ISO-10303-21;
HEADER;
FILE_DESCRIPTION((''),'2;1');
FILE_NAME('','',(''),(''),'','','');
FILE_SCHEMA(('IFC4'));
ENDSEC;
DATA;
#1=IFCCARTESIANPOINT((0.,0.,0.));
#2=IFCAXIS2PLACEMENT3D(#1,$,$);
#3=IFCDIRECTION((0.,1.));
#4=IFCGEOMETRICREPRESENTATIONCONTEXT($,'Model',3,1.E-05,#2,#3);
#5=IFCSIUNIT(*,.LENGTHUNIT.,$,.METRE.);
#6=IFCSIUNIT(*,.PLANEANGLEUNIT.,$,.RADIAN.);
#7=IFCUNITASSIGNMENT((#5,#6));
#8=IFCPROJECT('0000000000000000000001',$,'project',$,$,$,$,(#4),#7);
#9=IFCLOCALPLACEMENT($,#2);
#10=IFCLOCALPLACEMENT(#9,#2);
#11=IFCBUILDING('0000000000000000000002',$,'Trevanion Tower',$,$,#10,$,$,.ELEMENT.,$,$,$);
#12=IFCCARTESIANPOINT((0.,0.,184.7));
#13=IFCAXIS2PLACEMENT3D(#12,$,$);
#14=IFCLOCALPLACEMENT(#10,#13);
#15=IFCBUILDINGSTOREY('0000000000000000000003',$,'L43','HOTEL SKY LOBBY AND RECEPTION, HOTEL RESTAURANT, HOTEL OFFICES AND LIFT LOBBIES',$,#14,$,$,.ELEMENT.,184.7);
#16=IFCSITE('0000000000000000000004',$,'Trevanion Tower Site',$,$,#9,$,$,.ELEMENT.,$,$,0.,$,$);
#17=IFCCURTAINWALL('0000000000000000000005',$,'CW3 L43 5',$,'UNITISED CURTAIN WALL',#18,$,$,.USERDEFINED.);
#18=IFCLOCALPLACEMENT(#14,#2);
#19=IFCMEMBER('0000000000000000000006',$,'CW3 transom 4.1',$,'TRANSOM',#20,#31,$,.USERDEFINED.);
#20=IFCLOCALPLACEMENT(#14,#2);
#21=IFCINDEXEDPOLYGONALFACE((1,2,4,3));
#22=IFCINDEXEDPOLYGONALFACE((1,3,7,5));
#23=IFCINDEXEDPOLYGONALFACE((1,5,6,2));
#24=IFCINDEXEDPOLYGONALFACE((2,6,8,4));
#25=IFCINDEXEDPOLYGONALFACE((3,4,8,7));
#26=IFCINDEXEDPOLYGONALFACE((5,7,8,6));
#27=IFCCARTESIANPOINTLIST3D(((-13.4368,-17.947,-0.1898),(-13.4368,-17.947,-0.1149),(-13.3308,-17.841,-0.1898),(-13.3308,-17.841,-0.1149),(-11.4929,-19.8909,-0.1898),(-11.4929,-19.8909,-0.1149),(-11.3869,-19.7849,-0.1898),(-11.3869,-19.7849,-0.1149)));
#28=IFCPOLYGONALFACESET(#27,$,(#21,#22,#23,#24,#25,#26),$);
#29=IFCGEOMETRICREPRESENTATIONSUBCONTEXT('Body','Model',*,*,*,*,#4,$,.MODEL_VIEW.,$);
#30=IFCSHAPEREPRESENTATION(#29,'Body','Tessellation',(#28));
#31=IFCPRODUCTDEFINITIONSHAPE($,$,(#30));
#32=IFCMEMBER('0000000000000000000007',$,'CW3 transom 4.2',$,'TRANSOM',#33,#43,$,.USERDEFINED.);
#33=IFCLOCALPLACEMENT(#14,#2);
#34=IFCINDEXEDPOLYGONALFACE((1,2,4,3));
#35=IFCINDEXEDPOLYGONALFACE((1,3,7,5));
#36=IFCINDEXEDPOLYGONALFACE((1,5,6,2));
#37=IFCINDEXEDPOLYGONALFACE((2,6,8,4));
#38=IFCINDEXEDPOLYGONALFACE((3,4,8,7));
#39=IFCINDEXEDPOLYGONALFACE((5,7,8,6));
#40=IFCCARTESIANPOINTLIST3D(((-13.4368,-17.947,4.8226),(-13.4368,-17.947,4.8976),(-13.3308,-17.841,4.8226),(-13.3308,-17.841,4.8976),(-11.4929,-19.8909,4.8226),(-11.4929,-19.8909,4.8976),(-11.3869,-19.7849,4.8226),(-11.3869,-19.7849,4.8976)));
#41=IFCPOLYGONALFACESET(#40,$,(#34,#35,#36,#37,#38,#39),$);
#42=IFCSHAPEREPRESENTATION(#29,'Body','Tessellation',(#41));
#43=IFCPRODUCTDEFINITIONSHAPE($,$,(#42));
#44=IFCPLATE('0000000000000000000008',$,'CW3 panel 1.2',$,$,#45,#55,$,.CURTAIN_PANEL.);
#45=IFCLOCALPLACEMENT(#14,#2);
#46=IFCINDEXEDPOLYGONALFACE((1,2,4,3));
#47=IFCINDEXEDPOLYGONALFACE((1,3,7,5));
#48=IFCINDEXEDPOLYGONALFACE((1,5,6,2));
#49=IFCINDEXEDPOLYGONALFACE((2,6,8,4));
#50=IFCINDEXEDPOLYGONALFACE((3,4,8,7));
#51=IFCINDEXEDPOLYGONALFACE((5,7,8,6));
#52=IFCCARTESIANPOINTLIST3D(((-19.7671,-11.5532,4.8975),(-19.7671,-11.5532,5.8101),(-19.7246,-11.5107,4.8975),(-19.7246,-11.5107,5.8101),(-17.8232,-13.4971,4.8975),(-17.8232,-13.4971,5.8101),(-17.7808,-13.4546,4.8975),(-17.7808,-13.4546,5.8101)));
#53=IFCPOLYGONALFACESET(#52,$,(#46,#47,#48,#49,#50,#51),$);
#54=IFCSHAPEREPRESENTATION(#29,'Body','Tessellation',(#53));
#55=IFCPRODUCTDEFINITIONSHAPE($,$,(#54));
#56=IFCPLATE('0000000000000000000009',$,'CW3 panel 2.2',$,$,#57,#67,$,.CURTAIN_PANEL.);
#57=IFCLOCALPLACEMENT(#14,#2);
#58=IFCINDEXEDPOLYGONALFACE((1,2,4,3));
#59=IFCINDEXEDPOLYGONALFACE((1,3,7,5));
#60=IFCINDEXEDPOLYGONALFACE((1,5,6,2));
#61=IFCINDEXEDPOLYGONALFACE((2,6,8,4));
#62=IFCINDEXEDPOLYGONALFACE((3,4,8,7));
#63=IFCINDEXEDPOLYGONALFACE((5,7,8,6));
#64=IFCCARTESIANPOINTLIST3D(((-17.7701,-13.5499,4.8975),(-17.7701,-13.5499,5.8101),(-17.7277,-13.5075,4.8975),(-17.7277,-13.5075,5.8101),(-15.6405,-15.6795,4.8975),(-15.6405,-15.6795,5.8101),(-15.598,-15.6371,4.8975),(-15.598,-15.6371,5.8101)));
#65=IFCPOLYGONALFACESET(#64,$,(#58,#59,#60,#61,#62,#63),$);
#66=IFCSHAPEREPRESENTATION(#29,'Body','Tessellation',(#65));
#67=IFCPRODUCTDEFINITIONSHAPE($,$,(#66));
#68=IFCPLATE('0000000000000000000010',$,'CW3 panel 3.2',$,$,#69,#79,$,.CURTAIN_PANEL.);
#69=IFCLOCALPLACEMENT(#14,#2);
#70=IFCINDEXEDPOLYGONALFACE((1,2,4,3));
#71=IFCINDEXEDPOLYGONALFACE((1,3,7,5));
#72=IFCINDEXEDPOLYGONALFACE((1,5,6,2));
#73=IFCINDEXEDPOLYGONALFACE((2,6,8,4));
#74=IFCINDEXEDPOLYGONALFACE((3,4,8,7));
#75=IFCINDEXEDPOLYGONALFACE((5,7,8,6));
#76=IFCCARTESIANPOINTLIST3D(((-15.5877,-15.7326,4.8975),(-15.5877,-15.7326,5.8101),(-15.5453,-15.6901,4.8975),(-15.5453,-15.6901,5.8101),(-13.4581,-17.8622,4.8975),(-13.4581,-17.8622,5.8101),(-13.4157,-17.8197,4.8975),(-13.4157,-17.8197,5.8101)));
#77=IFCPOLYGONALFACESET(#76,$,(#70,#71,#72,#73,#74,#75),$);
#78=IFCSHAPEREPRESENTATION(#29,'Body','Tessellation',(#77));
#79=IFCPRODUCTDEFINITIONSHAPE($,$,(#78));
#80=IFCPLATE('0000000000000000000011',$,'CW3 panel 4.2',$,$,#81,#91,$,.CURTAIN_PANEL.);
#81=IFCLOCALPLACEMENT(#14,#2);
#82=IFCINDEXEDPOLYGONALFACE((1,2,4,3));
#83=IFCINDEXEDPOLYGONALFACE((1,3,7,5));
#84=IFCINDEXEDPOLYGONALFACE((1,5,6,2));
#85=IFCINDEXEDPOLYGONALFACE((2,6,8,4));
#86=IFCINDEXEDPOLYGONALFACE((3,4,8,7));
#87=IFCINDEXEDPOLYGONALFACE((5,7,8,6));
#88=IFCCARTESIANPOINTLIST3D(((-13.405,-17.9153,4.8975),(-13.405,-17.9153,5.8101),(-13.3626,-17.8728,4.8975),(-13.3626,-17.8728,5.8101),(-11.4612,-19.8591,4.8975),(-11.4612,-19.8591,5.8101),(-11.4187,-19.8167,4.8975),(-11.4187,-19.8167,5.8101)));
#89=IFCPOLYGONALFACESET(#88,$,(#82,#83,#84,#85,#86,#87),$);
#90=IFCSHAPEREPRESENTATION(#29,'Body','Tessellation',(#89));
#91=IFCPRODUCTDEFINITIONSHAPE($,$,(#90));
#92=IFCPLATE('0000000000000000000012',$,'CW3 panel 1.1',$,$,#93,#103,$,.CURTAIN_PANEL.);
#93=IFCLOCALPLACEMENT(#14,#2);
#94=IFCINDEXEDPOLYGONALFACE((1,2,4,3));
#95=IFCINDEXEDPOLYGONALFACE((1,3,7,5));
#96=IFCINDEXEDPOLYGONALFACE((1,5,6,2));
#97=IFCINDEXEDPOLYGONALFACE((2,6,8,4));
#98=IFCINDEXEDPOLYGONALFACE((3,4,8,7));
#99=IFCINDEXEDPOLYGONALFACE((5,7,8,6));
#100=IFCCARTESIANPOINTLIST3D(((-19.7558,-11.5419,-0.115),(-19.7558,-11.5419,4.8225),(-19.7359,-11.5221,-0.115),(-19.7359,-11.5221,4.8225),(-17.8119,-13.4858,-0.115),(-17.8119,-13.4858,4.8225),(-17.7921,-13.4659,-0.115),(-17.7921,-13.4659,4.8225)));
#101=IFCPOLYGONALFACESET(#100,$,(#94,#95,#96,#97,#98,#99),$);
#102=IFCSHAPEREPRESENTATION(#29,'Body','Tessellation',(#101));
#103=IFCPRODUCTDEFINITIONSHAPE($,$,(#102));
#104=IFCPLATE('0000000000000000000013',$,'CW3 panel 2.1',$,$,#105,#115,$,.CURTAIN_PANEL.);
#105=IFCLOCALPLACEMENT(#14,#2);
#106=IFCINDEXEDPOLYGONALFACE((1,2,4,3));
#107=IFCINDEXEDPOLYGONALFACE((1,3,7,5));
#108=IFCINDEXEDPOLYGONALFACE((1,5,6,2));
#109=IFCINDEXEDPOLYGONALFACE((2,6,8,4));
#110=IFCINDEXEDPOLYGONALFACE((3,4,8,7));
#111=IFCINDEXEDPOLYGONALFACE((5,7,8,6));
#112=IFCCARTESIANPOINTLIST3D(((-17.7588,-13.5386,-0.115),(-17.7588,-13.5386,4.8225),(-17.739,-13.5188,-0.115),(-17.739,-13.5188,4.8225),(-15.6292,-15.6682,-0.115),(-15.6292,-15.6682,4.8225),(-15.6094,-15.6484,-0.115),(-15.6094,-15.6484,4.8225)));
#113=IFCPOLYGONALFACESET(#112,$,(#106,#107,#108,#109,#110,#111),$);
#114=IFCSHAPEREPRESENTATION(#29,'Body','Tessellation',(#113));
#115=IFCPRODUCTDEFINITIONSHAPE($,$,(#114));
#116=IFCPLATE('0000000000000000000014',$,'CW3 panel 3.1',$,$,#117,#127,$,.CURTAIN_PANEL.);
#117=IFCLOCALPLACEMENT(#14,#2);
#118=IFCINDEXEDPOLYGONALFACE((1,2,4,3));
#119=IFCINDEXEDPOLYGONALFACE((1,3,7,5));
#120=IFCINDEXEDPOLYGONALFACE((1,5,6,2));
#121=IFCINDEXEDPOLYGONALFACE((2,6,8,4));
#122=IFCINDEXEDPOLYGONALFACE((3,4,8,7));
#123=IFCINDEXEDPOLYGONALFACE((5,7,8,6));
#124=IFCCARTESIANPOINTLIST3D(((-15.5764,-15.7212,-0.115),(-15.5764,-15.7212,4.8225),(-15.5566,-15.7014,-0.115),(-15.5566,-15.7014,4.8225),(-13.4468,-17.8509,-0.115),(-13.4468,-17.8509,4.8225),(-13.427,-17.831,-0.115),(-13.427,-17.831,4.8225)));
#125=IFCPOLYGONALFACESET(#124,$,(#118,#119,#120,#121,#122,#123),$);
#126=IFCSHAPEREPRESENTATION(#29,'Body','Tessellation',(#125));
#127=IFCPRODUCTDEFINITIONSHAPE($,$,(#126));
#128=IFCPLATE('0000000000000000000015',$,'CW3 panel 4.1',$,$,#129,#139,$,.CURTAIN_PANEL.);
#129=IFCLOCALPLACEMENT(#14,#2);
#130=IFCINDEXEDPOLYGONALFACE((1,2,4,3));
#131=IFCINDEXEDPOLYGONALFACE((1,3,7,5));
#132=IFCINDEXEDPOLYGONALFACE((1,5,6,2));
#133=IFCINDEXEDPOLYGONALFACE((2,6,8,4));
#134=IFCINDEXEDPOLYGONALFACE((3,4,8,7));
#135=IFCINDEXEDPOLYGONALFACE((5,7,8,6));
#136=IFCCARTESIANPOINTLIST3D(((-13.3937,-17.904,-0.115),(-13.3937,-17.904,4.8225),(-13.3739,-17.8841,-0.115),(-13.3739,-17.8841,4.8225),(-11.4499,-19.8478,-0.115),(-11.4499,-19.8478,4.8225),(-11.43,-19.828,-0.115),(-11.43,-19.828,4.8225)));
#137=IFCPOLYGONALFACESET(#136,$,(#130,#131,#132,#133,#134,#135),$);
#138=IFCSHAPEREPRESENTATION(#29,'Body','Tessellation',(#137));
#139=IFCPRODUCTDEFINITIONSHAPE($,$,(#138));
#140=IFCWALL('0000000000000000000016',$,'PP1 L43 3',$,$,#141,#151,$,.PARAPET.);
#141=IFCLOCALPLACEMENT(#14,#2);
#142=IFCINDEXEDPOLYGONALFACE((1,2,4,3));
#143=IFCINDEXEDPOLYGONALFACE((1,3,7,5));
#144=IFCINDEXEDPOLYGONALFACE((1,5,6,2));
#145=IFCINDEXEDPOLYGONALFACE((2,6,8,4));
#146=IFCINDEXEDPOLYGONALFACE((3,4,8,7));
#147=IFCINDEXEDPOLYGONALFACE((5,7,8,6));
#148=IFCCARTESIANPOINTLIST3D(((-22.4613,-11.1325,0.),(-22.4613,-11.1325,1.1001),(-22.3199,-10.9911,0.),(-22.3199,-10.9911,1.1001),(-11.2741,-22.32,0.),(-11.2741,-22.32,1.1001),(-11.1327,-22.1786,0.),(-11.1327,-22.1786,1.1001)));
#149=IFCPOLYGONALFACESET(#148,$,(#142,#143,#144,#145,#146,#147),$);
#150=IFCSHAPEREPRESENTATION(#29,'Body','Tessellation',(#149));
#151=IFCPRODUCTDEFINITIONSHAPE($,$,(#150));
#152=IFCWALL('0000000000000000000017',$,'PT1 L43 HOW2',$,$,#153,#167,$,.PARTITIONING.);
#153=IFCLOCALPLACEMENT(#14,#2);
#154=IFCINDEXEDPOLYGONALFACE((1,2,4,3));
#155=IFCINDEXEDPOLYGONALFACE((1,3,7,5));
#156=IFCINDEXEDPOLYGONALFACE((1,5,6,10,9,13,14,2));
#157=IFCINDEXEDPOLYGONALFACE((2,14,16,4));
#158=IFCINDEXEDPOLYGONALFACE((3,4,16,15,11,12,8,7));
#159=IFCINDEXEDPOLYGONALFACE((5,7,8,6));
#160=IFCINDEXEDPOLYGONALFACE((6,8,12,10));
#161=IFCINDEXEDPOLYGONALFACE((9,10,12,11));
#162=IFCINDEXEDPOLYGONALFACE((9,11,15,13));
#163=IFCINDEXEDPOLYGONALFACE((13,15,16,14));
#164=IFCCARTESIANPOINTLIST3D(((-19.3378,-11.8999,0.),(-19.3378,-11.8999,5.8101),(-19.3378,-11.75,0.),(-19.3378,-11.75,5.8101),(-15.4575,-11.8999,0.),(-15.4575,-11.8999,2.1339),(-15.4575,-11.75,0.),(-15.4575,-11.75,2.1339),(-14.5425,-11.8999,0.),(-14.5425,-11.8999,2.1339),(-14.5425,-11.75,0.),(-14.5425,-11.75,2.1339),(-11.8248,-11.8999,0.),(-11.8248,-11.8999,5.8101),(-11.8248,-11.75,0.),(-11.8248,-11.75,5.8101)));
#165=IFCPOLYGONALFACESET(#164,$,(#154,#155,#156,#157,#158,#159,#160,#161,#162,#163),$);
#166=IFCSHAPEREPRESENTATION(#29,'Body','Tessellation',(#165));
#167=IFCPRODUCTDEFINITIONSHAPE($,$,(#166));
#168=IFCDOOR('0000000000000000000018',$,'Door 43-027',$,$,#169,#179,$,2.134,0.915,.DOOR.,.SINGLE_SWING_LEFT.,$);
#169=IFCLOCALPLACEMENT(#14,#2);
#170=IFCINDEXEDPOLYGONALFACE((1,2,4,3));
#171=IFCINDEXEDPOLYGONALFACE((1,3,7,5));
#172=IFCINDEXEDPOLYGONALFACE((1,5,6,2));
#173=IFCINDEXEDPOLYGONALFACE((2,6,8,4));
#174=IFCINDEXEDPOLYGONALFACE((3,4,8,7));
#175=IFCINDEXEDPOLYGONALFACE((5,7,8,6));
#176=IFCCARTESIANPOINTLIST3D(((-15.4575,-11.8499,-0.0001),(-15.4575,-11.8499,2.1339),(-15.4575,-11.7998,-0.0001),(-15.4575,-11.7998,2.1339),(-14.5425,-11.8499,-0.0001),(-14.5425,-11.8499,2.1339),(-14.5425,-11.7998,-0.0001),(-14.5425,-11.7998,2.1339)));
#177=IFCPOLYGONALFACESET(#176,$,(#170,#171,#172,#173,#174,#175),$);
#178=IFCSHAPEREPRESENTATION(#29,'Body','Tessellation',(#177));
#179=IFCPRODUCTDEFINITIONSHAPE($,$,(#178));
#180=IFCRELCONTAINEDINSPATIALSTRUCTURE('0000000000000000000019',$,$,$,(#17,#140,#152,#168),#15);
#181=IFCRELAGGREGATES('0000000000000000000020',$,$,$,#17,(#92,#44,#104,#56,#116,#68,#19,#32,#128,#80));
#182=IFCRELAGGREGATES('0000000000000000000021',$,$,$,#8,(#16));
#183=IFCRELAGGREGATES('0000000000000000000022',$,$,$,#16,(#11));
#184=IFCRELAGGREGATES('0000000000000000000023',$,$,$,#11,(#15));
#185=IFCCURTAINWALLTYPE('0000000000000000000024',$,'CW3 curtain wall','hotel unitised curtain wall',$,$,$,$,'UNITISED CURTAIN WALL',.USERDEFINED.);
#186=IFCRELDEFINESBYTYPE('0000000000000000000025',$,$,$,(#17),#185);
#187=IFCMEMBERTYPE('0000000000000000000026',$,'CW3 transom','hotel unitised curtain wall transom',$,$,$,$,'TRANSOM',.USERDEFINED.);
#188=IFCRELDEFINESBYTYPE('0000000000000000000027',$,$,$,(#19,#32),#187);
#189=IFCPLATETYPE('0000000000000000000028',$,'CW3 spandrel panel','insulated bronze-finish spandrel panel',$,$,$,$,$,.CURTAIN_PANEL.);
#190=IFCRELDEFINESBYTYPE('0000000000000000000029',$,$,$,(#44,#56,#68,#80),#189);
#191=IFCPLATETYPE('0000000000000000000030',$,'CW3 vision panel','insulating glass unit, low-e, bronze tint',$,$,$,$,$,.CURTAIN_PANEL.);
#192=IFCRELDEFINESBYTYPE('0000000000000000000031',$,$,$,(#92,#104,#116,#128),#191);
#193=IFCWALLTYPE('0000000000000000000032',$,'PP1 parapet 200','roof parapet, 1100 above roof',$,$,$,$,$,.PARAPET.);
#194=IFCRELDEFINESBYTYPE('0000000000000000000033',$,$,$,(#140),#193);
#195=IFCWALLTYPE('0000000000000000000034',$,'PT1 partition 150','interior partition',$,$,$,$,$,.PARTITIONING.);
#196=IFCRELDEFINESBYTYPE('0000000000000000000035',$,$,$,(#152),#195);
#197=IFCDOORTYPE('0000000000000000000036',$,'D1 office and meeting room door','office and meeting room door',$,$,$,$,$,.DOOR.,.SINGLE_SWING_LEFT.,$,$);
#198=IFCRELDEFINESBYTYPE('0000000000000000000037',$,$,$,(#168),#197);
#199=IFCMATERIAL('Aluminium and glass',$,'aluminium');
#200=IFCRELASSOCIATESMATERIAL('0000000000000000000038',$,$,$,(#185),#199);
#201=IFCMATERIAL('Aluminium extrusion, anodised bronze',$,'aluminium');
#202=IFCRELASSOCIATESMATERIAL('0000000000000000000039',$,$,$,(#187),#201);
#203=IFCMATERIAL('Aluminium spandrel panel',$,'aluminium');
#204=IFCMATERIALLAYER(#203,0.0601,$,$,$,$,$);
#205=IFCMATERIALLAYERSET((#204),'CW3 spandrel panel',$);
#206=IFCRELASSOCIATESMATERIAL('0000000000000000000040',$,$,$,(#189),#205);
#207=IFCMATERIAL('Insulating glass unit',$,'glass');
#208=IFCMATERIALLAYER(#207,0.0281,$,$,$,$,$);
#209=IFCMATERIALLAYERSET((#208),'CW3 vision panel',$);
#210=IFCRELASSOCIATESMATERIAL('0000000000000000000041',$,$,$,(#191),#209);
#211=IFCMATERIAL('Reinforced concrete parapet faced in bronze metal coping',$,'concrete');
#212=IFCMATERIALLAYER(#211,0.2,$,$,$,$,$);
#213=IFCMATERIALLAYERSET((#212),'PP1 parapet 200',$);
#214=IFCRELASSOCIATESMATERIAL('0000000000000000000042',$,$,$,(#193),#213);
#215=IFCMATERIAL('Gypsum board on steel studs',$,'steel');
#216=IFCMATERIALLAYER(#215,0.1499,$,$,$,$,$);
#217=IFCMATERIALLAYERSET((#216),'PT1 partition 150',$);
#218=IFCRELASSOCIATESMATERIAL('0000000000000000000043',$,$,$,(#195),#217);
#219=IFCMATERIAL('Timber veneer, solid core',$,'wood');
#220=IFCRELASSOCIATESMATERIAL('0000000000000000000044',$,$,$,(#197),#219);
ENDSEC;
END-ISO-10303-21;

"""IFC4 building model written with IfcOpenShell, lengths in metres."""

from ifc_helpers import new_model, si_unit, direction, frame, frame_2d, origin, origin_2d, place, context, subcontext, project, spatial, rectangle, extrude, material, layer, layer_set, material_profile, profile_set, type_object, element, fill, aggregate, save


model = new_model("IFC4")

# Units and contexts
model_context = context("Model", 3, precision=1e-05, world=origin(), true_north=direction((0.0, 1.0)))
body_context = subcontext(model_context, "Body", "Model", "MODEL_VIEW")
ifc_project = project(units=[si_unit("LENGTHUNIT", "METRE"), si_unit("PLANEANGLEUNIT", "RADIAN")], contexts=[model_context])

# Site, building, storey
site_placement = place(None, origin())
site = spatial("IfcSite", under=ifc_project, at=site_placement, Name="Trevanion Tower Site", CompositionType="ELEMENT", RefElevation=0.0)
building_placement = place(site_placement, origin())
building = spatial("IfcBuilding", under=site, at=building_placement, Name="Trevanion Tower", CompositionType="ELEMENT")
storey_placement = place(building_placement, frame((0.0, 0.0, 184.7)))
storey = spatial("IfcBuildingStorey", under=building, at=storey_placement, Name="L43", Description="HOTEL SKY LOBBY AND RECEPTION, HOTEL RESTAURANT, HOTEL OFFICES AND LIFT LOBBIES", CompositionType="ELEMENT", Elevation=184.7)

# Curtain wall
ifc_material_1 = material(Name="Aluminium and glass", Category="aluminium")
curtain_wall_type = type_object("IfcCurtainWallType", Name="CW3 curtain wall", Description="hotel unitised curtain wall", ElementType="UNITISED CURTAIN WALL", PredefinedType="USERDEFINED", material=ifc_material_1)
curtain_wall_1_placement = place(storey_placement, origin())
curtain_wall_1 = element("IfcCurtainWall", 1, at=curtain_wall_1_placement, inside=storey, type_object=curtain_wall_type, Name="CW3 L43 5", ObjectType="UNITISED CURTAIN WALL", PredefinedType="USERDEFINED")

# Members
ifc_material_2 = material(Name="Aluminium extrusion, anodised bronze", Category="aluminium")
ifc_material_profile_1 = material_profile(ifc_material_2, rectangle(XDim=0.1499, YDim=0.075, at=origin_2d()), Name="CW3 transom")
ifc_profile_set_1 = profile_set([ifc_material_profile_1], Name="Aluminium extrusion, anodised bronze")
member_type_1 = type_object("IfcMemberType", Name="CW3 transom", Description="hotel unitised curtain wall transom", ElementType="TRANSOM", PredefinedType="USERDEFINED", material=ifc_profile_set_1)
member_1_placement = place(storey_placement, frame((-13.3838, -17.894, -0.1523), z_axis=(0.707107, -0.707107, 0.0), x_axis=(0.707107, 0.707107, 0.0)))
member_1 = element("IfcMember", 2, at=member_1_placement, type_object=member_type_1, Name="CW3 transom 4.1", ObjectType="TRANSOM", PredefinedType="USERDEFINED", context=body_context, shape_type="SweptSolid", body=[
    extrude(rectangle(XDim=0.1499, YDim=0.075, at=origin_2d()), origin(), (0.0, 0.0, 1.0), 2.749),
])
member_2_placement = place(storey_placement, frame((-13.3838, -17.894, 4.8601), z_axis=(0.707107, -0.707107, 0.0), x_axis=(0.707107, 0.707107, 0.0)))
member_2 = element("IfcMember", 3, at=member_2_placement, type_object=member_type_1, Name="CW3 transom 4.2", ObjectType="TRANSOM", PredefinedType="USERDEFINED", context=body_context, shape_type="SweptSolid", body=[
    extrude(rectangle(XDim=0.1499, YDim=0.075, at=origin_2d()), origin(), (0.0, 0.0, 1.0), 2.749),
])

# Plates
ifc_material_3 = material(Name="Aluminium spandrel panel", Category="aluminium")
ifc_layer_1 = layer(ifc_material_3, 0.0601)
ifc_layer_set_1 = layer_set([ifc_layer_1], Name="CW3 spandrel panel")
plate_type_1 = type_object("IfcPlateType", Name="CW3 spandrel panel", Description="insulated bronze-finish spandrel panel", PredefinedType="CURTAIN_PANEL", material=ifc_layer_set_1)
plate_1_placement = place(storey_placement, frame((-18.7739, -12.5039, 4.8975), z_axis=(0.0, 0.0, 1.0), x_axis=(0.707107, -0.707107, 0.0)))
plate_1 = element("IfcPlate", 4, at=plate_1_placement, type_object=plate_type_1, Name="CW3 panel 1.2", PredefinedType="CURTAIN_PANEL", context=body_context, shape_type="SweptSolid", body=[
    extrude(rectangle(XDim=2.749, YDim=0.0601, at=origin_2d()), origin(), (0.0, 0.0, 1.0), 0.9126),
])
plate_2_placement = place(storey_placement, frame((-16.6841, -14.5935, 4.8975), z_axis=(0.0, 0.0, 1.0), x_axis=(0.707107, -0.707107, 0.0)))
plate_2 = element("IfcPlate", 5, at=plate_2_placement, type_object=plate_type_1, Name="CW3 panel 2.2", PredefinedType="CURTAIN_PANEL", context=body_context, shape_type="SweptSolid", body=[
    extrude(rectangle(XDim=3.0117, YDim=0.0601, at=origin_2d()), origin(), (0.0, 0.0, 1.0), 0.9126),
])
plate_3_placement = place(storey_placement, frame((-14.5017, -16.7761, 4.8975), z_axis=(0.0, 0.0, 1.0), x_axis=(0.707107, -0.707107, 0.0)))
plate_3 = element("IfcPlate", 6, at=plate_3_placement, type_object=plate_type_1, Name="CW3 panel 3.2", PredefinedType="CURTAIN_PANEL", context=body_context, shape_type="SweptSolid", body=[
    extrude(rectangle(XDim=3.0117, YDim=0.0601, at=origin_2d()), origin(), (0.0, 0.0, 1.0), 0.9126),
])
plate_4_placement = place(storey_placement, frame((-12.4119, -18.866, 4.8975), z_axis=(0.0, 0.0, 1.0), x_axis=(0.707107, -0.707107, 0.0)))
plate_4 = element("IfcPlate", 7, at=plate_4_placement, type_object=plate_type_1, Name="CW3 panel 4.2", PredefinedType="CURTAIN_PANEL", context=body_context, shape_type="SweptSolid", body=[
    extrude(rectangle(XDim=2.749, YDim=0.0601, at=origin_2d()), origin(), (0.0, 0.0, 1.0), 0.9126),
])
ifc_material_4 = material(Name="Insulating glass unit", Category="glass")
ifc_layer_2 = layer(ifc_material_4, 0.0281)
ifc_layer_set_2 = layer_set([ifc_layer_2], Name="CW3 vision panel")
plate_type_2 = type_object("IfcPlateType", Name="CW3 vision panel", Description="insulating glass unit, low-e, bronze tint", PredefinedType="CURTAIN_PANEL", material=ifc_layer_set_2)
plate_5_placement = place(storey_placement, frame((-18.7739, -12.5039, -0.115), z_axis=(0.0, 0.0, 1.0), x_axis=(0.707107, -0.707107, 0.0)))
plate_5 = element("IfcPlate", 8, at=plate_5_placement, type_object=plate_type_2, Name="CW3 panel 1.1", PredefinedType="CURTAIN_PANEL", context=body_context, shape_type="SweptSolid", body=[
    extrude(rectangle(XDim=2.749, YDim=0.0281, at=origin_2d()), origin(), (0.0, 0.0, 1.0), 4.9375),
])
plate_6_placement = place(storey_placement, frame((-16.6841, -14.5935, -0.115), z_axis=(0.0, 0.0, 1.0), x_axis=(0.707107, -0.707107, 0.0)))
plate_6 = element("IfcPlate", 9, at=plate_6_placement, type_object=plate_type_2, Name="CW3 panel 2.1", PredefinedType="CURTAIN_PANEL", context=body_context, shape_type="SweptSolid", body=[
    extrude(rectangle(XDim=3.0117, YDim=0.0281, at=origin_2d()), origin(), (0.0, 0.0, 1.0), 4.9375),
])
plate_7_placement = place(storey_placement, frame((-14.5017, -16.7761, -0.115), z_axis=(0.0, 0.0, 1.0), x_axis=(0.707107, -0.707107, 0.0)))
plate_7 = element("IfcPlate", 10, at=plate_7_placement, type_object=plate_type_2, Name="CW3 panel 3.1", PredefinedType="CURTAIN_PANEL", context=body_context, shape_type="SweptSolid", body=[
    extrude(rectangle(XDim=3.0117, YDim=0.0281, at=origin_2d()), origin(), (0.0, 0.0, 1.0), 4.9375),
])
plate_8_placement = place(storey_placement, frame((-12.4119, -18.866, -0.115), z_axis=(0.0, 0.0, 1.0), x_axis=(0.707107, -0.707107, 0.0)))
plate_8 = element("IfcPlate", 11, at=plate_8_placement, type_object=plate_type_2, Name="CW3 panel 4.1", PredefinedType="CURTAIN_PANEL", context=body_context, shape_type="SweptSolid", body=[
    extrude(rectangle(XDim=2.749, YDim=0.0281, at=origin_2d()), origin(), (0.0, 0.0, 1.0), 4.9375),
])
aggregate(curtain_wall_1, [plate_5, plate_1, plate_6, plate_2, plate_7, plate_3, member_1, member_2, plate_8, plate_4])

# Wall
ifc_material_5 = material(Name="Reinforced concrete parapet faced in bronze metal coping", Category="concrete")
ifc_layer_3 = layer(ifc_material_5, 0.2)
ifc_layer_set_3 = layer_set([ifc_layer_3], Name="PP1 parapet 200")
wall_type_1 = type_object("IfcWallType", Name="PP1 parapet 200", Description="roof parapet, 1100 above roof", PredefinedType="PARAPET", material=ifc_layer_set_3)
wall_1_placement = place(storey_placement, frame((-11.2034, -22.2493, 0.0), z_axis=(0.0, 0.0, 1.0), x_axis=(-0.707099, 0.707114, 0.0)))
element("IfcWall", 12, at=wall_1_placement, inside=storey, type_object=wall_type_1, Name="PP1 L43 3", PredefinedType="PARAPET", context=body_context, shape_type="SweptSolid", body=[
    extrude(rectangle(XDim=15.8213, YDim=0.2, at=frame_2d((7.9106, 0.0))), origin(), (0.0, 0.0, 1.0), 1.1001),
])

# Wall, opening, door
ifc_material_6 = material(Name="Gypsum board on steel studs", Category="steel")
ifc_layer_4 = layer(ifc_material_6, 0.1499)
ifc_layer_set_4 = layer_set([ifc_layer_4], Name="PT1 partition 150")
wall_type_2 = type_object("IfcWallType", Name="PT1 partition 150", Description="interior partition", PredefinedType="PARTITIONING", material=ifc_layer_set_4)
wall_2_placement = place(storey_placement, frame((-11.825, -11.825, 0.0), z_axis=(0.0, 0.0, 1.0), x_axis=(-1.0, 0.0, 0.0)))
wall_2 = element("IfcWall", 13, at=wall_2_placement, inside=storey, type_object=wall_type_2, Name="PT1 L43 HOW2", PredefinedType="PARTITIONING", context=body_context, shape_type="SweptSolid", body=[
    extrude(rectangle(XDim=7.5129, YDim=0.1499, at=frame_2d((3.7563, 0.0))), origin(), (0.0, 0.0, 1.0), 5.8101),
])
opening_placement = place(wall_2_placement, frame((2.7175, 0.0, 0.0)))
opening = element("IfcOpeningElement", 14, at=opening_placement, cuts=wall_2, PredefinedType="OPENING", context=body_context, shape_type="SweptSolid", body=[
    extrude(rectangle(XDim=0.915, YDim=2.134, at=frame_2d((0.4575, 1.0669))), frame((0.0, 0.085, 0.0), z_axis=(0.0, -1.0, 0.0), x_axis=(1.0, 0.0, 0.0)), (0.0, 0.0, 1.0), 0.1699),
])
ifc_material_7 = material(Name="Timber veneer, solid core", Category="wood")
door_type = type_object("IfcDoorType", Name="D1 office and meeting room door", Description="office and meeting room door", OperationType="SINGLE_SWING_LEFT", PredefinedType="DOOR", material=ifc_material_7)
door_placement = place(opening_placement, origin())
door = element("IfcDoor", 15, at=door_placement, inside=storey, type_object=door_type, Name="Door 43-027", OperationType="SINGLE_SWING_LEFT", OverallHeight=2.134, OverallWidth=0.915, PredefinedType="DOOR", context=body_context, shape_type="SweptSolid", body=[
    extrude(rectangle(XDim=0.915, YDim=2.134, at=frame_2d((0.4575, 1.0669))), frame((0.0, 0.0249, 0.0), z_axis=(0.0, -1.0, 0.0), x_axis=(1.0, 0.0, 0.0)), (0.0, 0.0, 1.0), 0.05),
])
fill(opening, door)

save(model, "model.ifc")
